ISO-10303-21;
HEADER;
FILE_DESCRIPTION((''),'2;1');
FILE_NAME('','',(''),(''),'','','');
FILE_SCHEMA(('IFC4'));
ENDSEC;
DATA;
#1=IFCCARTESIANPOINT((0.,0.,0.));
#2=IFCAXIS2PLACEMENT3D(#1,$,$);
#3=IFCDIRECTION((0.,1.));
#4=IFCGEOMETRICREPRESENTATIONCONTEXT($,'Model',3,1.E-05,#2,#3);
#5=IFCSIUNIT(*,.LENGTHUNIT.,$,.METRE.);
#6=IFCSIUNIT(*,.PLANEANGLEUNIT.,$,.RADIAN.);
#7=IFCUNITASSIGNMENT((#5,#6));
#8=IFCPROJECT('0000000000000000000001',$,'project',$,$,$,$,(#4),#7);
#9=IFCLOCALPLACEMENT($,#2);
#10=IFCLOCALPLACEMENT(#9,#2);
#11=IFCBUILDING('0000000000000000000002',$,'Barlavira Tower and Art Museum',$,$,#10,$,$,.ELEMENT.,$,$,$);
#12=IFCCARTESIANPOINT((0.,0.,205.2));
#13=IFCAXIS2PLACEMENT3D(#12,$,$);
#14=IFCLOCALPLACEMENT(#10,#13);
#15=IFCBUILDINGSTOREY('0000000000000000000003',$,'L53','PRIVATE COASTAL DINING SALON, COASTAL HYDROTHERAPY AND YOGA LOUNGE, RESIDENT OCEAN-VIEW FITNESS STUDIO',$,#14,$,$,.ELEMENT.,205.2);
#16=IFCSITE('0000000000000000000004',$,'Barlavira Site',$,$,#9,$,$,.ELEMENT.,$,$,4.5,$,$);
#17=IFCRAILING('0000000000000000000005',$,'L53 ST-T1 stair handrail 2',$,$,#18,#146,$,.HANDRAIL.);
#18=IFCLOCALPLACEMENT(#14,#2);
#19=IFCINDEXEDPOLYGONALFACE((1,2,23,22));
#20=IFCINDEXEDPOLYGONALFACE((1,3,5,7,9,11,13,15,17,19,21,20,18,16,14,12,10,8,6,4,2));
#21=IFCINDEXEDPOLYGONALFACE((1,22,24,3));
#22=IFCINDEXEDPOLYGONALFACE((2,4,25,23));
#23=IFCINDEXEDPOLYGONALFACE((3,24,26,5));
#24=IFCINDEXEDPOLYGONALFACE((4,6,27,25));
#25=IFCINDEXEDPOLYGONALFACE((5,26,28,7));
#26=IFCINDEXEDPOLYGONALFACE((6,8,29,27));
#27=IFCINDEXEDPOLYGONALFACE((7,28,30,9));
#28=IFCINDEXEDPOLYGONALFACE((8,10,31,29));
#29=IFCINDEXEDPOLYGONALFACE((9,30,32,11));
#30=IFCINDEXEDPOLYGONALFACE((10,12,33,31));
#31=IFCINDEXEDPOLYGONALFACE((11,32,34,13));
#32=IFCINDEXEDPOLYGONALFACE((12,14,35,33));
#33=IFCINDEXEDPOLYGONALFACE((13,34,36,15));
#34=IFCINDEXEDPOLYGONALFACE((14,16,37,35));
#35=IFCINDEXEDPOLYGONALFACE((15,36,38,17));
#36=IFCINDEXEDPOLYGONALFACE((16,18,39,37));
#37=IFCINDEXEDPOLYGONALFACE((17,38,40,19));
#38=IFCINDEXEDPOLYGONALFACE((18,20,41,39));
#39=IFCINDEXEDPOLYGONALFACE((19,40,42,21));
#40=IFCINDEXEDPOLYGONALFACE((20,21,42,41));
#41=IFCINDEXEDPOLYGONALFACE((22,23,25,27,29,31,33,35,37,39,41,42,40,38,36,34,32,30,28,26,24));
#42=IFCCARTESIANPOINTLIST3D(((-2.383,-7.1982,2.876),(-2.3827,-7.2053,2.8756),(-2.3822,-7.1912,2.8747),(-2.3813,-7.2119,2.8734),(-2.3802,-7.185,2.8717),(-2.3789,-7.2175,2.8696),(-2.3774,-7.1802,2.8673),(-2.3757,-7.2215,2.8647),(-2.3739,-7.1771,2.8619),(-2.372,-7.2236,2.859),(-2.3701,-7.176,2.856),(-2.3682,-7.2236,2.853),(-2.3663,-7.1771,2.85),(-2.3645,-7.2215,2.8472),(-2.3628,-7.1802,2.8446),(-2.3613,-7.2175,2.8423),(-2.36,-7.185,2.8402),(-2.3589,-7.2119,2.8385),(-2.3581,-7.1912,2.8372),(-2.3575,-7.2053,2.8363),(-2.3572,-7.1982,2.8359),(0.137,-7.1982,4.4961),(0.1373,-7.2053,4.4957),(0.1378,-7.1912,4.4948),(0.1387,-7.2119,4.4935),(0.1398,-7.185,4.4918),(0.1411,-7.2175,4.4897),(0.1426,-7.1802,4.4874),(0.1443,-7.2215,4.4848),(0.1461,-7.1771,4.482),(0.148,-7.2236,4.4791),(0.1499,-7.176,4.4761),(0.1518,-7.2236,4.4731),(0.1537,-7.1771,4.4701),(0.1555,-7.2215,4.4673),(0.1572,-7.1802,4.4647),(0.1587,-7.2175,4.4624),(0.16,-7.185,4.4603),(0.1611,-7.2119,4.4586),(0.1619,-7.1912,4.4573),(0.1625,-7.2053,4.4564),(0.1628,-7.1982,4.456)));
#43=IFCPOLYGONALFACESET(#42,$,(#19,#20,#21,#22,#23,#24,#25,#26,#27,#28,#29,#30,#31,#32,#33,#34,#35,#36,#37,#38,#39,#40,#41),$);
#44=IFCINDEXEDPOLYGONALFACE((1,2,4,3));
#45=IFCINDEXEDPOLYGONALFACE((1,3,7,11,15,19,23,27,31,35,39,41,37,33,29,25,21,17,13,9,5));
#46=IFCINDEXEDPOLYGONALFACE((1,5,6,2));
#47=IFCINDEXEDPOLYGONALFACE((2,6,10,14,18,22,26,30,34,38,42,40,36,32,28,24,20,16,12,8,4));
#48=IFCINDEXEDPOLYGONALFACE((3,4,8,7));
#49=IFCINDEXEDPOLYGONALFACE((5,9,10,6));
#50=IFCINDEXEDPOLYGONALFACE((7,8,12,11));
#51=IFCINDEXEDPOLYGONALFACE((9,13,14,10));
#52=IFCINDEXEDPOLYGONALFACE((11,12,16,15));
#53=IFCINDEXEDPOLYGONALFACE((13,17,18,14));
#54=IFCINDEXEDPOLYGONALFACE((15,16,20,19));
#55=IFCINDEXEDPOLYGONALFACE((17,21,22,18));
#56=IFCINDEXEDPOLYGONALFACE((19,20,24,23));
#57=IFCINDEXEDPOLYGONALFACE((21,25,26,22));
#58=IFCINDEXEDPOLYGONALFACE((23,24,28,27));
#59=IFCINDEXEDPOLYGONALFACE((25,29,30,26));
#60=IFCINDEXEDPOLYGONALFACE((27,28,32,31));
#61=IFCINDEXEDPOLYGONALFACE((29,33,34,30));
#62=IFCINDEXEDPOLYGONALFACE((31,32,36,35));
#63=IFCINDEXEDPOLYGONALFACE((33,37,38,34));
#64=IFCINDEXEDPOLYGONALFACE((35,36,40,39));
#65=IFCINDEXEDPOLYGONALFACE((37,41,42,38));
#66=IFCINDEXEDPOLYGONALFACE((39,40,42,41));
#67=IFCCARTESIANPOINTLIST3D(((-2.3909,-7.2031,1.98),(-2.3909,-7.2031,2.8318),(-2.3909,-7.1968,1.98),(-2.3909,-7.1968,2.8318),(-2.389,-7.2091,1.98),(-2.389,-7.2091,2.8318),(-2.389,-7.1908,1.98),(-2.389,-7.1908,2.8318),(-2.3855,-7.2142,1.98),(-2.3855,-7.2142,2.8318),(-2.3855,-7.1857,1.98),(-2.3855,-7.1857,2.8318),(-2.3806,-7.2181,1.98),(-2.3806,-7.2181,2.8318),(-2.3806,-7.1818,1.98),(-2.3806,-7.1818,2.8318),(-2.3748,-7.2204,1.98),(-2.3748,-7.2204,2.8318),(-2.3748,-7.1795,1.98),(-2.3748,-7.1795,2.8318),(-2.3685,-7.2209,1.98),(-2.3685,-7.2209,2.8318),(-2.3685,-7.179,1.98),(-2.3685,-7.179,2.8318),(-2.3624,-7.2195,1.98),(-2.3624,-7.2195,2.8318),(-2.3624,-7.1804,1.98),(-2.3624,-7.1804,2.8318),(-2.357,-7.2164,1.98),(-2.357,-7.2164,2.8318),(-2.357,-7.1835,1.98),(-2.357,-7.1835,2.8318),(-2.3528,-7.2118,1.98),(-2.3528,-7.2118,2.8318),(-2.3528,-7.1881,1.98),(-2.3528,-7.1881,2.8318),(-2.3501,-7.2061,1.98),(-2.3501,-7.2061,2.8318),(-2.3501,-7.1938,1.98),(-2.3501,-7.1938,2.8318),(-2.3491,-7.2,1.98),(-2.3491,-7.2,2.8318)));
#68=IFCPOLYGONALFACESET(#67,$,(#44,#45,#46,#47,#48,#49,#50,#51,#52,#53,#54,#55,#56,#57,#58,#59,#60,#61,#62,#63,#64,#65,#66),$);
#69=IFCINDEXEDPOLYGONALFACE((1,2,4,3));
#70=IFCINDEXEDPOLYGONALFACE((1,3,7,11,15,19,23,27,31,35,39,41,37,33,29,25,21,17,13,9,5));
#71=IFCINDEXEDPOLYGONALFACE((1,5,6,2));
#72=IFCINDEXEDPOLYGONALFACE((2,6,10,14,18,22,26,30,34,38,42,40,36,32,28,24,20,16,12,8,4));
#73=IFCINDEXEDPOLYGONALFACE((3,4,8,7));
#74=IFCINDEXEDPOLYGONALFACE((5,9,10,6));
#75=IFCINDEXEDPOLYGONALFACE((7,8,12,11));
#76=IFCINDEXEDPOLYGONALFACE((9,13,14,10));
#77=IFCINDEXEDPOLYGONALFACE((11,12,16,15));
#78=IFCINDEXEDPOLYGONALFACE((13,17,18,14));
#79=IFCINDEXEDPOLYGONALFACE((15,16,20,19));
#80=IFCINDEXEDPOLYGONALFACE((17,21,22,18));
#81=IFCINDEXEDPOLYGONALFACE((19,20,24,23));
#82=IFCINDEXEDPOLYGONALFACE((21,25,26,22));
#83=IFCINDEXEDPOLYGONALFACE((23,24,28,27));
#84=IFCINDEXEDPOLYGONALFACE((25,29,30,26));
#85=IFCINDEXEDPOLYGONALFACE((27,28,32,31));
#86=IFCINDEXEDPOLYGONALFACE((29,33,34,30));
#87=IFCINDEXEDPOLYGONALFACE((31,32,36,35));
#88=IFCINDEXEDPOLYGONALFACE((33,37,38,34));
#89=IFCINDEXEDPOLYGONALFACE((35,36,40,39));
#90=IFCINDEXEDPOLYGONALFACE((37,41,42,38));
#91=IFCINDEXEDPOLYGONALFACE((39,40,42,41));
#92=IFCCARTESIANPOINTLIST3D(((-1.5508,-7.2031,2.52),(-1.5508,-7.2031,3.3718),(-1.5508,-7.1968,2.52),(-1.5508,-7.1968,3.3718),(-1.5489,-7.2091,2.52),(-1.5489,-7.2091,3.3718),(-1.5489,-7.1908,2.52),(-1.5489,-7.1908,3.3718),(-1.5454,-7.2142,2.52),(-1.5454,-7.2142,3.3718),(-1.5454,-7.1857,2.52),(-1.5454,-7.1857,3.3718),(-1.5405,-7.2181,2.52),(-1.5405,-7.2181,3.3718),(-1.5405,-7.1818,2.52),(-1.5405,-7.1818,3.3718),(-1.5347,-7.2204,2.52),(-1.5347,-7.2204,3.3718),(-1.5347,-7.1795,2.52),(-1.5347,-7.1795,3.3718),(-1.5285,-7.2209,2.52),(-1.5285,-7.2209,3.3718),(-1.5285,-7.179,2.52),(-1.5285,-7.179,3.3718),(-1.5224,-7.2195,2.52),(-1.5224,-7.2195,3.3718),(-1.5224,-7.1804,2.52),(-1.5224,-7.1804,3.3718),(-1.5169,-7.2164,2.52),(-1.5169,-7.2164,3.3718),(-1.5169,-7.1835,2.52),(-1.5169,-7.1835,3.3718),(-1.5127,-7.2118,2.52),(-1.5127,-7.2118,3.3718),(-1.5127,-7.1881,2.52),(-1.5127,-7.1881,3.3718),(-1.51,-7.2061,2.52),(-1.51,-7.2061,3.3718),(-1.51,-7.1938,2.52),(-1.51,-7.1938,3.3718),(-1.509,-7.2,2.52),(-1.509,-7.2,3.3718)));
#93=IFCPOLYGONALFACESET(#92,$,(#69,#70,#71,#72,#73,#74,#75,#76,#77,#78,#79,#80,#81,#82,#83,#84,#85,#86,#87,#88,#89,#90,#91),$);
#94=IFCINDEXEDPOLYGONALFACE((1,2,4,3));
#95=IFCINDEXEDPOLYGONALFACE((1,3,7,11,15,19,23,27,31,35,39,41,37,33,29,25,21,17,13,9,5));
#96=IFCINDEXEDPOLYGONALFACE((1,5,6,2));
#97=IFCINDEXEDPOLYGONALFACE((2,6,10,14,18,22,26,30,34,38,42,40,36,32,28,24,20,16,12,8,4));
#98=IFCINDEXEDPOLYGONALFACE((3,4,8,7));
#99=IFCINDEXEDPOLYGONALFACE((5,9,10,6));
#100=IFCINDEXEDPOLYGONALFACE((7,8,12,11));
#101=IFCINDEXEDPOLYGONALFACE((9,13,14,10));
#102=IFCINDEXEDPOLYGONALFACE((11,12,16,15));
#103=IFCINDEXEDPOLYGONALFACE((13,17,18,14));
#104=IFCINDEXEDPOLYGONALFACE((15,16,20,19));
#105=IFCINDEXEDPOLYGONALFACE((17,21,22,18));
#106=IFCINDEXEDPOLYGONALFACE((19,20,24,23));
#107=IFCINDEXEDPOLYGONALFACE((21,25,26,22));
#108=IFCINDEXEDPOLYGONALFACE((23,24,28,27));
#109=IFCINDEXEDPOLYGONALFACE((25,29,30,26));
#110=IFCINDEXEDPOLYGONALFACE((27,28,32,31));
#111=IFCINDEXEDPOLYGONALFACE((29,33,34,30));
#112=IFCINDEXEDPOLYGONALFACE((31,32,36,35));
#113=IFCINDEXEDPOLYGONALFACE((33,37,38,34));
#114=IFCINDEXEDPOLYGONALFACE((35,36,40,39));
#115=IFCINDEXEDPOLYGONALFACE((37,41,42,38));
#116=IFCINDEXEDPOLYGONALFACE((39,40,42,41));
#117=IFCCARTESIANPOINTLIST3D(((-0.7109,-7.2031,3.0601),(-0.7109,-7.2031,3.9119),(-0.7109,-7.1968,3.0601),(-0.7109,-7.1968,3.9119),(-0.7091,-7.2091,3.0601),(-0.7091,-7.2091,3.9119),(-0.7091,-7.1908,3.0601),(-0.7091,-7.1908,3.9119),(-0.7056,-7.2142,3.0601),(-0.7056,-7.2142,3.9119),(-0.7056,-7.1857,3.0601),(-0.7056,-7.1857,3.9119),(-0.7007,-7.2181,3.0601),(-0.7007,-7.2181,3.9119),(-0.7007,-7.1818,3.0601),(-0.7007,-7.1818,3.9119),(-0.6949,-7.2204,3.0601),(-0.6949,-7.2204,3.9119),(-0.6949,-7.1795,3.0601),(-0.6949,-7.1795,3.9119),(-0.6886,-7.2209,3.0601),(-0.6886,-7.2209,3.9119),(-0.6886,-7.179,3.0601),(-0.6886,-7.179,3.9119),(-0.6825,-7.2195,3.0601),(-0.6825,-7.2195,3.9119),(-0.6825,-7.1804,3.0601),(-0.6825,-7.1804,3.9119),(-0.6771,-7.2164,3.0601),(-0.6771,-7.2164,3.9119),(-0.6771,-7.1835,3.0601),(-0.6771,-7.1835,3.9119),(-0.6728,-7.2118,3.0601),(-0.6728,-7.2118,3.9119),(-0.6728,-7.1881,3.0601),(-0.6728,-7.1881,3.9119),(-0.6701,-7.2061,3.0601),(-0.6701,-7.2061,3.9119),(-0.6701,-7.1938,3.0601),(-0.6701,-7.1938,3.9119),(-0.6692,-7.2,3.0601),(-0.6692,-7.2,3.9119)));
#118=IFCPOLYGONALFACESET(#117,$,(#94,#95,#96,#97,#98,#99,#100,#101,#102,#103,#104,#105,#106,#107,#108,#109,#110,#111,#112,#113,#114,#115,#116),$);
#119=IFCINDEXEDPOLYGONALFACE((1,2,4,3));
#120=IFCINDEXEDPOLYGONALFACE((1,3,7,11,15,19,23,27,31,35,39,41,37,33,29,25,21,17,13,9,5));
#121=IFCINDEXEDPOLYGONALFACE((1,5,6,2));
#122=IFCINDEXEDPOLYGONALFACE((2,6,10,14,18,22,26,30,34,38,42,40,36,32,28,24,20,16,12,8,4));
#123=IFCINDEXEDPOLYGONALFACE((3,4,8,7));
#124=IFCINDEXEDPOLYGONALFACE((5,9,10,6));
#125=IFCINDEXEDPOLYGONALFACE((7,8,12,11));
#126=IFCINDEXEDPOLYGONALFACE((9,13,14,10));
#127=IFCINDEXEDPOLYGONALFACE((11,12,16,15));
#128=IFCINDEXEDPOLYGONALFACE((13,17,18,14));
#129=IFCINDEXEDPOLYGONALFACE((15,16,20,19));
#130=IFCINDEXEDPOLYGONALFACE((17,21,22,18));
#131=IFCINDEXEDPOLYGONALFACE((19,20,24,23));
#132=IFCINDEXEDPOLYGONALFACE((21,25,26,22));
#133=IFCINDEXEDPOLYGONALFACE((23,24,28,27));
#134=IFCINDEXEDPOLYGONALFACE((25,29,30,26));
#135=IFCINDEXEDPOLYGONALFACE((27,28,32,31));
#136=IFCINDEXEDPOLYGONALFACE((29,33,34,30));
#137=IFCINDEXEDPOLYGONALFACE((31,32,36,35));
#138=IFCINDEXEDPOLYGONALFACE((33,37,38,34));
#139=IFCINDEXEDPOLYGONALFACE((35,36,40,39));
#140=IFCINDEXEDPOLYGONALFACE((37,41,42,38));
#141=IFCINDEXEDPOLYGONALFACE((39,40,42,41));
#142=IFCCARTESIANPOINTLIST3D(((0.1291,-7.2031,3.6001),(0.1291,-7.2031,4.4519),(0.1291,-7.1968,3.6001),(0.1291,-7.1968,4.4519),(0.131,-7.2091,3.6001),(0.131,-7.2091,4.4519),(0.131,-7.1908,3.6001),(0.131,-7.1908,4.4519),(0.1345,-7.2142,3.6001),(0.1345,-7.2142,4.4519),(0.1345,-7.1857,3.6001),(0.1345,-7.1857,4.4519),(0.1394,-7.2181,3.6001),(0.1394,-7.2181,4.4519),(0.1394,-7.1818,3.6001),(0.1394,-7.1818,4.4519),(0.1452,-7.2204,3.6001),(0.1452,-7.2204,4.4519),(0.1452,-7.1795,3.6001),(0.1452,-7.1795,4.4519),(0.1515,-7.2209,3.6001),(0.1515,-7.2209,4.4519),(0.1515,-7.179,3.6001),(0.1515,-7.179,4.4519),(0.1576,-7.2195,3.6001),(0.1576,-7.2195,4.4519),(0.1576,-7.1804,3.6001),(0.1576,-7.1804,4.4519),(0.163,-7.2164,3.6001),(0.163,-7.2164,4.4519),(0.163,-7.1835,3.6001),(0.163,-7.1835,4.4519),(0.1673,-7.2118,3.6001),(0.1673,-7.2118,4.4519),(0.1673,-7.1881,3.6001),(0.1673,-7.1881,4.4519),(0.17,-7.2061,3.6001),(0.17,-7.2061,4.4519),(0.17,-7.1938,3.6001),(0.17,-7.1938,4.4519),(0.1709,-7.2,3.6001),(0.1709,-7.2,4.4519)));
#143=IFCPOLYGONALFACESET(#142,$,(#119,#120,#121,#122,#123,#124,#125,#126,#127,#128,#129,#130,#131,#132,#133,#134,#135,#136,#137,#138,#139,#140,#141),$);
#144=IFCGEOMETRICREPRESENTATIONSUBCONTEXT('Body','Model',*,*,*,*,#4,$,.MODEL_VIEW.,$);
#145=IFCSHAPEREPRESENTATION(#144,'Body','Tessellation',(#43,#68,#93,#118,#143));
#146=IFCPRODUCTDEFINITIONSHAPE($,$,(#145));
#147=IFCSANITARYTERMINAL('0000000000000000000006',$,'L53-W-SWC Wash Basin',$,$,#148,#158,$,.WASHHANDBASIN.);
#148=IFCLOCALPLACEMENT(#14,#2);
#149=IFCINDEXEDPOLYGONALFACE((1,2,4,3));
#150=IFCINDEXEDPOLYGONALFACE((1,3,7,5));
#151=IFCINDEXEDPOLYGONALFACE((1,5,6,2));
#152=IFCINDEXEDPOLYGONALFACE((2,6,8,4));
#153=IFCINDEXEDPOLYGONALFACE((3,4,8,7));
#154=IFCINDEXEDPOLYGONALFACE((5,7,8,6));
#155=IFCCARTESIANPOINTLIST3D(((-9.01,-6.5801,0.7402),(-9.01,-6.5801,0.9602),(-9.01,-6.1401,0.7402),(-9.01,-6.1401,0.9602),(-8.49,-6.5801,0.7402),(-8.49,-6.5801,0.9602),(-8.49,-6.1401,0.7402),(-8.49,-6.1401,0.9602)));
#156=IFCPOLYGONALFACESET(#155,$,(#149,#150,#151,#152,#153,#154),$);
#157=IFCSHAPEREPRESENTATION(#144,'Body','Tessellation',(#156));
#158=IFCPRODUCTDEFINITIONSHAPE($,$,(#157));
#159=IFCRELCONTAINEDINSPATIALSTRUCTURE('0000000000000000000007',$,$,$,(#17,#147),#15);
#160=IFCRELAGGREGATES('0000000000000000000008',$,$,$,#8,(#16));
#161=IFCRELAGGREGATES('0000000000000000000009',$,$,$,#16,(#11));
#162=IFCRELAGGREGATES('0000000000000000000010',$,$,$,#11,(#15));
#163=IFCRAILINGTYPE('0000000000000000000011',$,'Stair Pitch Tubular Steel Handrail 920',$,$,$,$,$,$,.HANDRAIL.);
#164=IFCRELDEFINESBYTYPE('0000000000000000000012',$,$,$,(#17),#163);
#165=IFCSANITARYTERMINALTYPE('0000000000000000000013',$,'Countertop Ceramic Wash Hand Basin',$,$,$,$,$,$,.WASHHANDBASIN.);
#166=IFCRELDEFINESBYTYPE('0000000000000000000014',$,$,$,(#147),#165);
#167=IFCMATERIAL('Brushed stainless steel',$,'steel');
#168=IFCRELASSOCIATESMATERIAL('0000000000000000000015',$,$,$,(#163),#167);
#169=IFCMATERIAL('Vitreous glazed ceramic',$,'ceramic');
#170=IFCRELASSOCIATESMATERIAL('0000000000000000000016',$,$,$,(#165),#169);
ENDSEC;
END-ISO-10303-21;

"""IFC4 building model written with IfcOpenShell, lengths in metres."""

from ifc_helpers import new_model, si_unit, direction, frame, origin, origin_2d, place, context, subcontext, project, spatial, rectangle, circle, extrude, material, type_object, element, save


model = new_model("IFC4")

# Units and contexts
model_context = context("Model", 3, precision=1e-05, world=origin(), true_north=direction((0.0, 1.0)))
body_context = subcontext(model_context, "Body", "Model", "MODEL_VIEW")
ifc_project = project(units=[si_unit("LENGTHUNIT", "METRE"), si_unit("PLANEANGLEUNIT", "RADIAN")], contexts=[model_context])

# Site, building, storey
site_placement = place(None, origin())
site = spatial("IfcSite", under=ifc_project, at=site_placement, Name="Barlavira Site", CompositionType="ELEMENT", RefElevation=4.5)
building_placement = place(site_placement, origin())
building = spatial("IfcBuilding", under=site, at=building_placement, Name="Barlavira Tower and Art Museum", CompositionType="ELEMENT")
storey_placement = place(building_placement, frame((0.0, 0.0, 205.2)))
storey = spatial("IfcBuildingStorey", under=building, at=storey_placement, Name="L53", Description="PRIVATE COASTAL DINING SALON, COASTAL HYDROTHERAPY AND YOGA LOUNGE, RESIDENT OCEAN-VIEW FITNESS STUDIO", CompositionType="ELEMENT", Elevation=205.2)

# Shared definitions
ifc_material_1 = material(Name="Brushed stainless steel", Category="steel")

# Railing
railing_type_1 = type_object("IfcRailingType", Name="Stair Pitch Tubular Steel Handrail 920", PredefinedType="HANDRAIL", material=ifc_material_1)
railing_1_placement = place(storey_placement, frame((-2.3701, -7.2, 1.98)))
element("IfcRailing", 1, at=railing_1_placement, inside=storey, type_object=railing_type_1, Name="L53 ST-T1 stair handrail 2", PredefinedType="HANDRAIL", context=body_context, shape_type="SweptSolid", body=[
    extrude(circle(Radius=0.0239, at=origin_2d()), frame((0.0, 0.0, 0.876), z_axis=(0.841163, 0.0, 0.540782), x_axis=(0.0, 1.0, 0.0)), (0.0, 0.0, 1.0), 2.9958),
    extrude(circle(Radius=0.021, at=origin_2d()), origin(), (0.0, 0.0, 1.0), 0.8518),
    extrude(circle(Radius=0.021, at=origin_2d()), frame((0.8401, 0.0, 0.54)), (0.0, 0.0, 1.0), 0.8518),
    extrude(circle(Radius=0.021, at=origin_2d()), frame((1.6799, 0.0, 1.0801)), (0.0, 0.0, 1.0), 0.8518),
    extrude(circle(Radius=0.021, at=origin_2d()), frame((2.52, 0.0, 1.6201)), (0.0, 0.0, 1.0), 0.8518),
])

# Sanitary terminal
ifc_material_2 = material(Name="Vitreous glazed ceramic", Category="ceramic")
sanitary_terminal_type = type_object("IfcSanitaryTerminalType", Name="Countertop Ceramic Wash Hand Basin", PredefinedType="WASHHANDBASIN", material=ifc_material_2)
sanitary_terminal_placement = place(storey_placement, frame((-8.75, -6.3601, 0.7402), z_axis=(0.0, 0.0, 1.0), x_axis=(1.0, 0.0, 0.0)))
element("IfcSanitaryTerminal", 2, at=sanitary_terminal_placement, inside=storey, type_object=sanitary_terminal_type, Name="L53-W-SWC Wash Basin", PredefinedType="WASHHANDBASIN", context=body_context, shape_type="SweptSolid", body=[
    extrude(rectangle(XDim=0.52, YDim=0.4399, at=origin_2d()), origin(), (0.0, 0.0, 1.0), 0.22),
])

save(model, "model.ifc")
